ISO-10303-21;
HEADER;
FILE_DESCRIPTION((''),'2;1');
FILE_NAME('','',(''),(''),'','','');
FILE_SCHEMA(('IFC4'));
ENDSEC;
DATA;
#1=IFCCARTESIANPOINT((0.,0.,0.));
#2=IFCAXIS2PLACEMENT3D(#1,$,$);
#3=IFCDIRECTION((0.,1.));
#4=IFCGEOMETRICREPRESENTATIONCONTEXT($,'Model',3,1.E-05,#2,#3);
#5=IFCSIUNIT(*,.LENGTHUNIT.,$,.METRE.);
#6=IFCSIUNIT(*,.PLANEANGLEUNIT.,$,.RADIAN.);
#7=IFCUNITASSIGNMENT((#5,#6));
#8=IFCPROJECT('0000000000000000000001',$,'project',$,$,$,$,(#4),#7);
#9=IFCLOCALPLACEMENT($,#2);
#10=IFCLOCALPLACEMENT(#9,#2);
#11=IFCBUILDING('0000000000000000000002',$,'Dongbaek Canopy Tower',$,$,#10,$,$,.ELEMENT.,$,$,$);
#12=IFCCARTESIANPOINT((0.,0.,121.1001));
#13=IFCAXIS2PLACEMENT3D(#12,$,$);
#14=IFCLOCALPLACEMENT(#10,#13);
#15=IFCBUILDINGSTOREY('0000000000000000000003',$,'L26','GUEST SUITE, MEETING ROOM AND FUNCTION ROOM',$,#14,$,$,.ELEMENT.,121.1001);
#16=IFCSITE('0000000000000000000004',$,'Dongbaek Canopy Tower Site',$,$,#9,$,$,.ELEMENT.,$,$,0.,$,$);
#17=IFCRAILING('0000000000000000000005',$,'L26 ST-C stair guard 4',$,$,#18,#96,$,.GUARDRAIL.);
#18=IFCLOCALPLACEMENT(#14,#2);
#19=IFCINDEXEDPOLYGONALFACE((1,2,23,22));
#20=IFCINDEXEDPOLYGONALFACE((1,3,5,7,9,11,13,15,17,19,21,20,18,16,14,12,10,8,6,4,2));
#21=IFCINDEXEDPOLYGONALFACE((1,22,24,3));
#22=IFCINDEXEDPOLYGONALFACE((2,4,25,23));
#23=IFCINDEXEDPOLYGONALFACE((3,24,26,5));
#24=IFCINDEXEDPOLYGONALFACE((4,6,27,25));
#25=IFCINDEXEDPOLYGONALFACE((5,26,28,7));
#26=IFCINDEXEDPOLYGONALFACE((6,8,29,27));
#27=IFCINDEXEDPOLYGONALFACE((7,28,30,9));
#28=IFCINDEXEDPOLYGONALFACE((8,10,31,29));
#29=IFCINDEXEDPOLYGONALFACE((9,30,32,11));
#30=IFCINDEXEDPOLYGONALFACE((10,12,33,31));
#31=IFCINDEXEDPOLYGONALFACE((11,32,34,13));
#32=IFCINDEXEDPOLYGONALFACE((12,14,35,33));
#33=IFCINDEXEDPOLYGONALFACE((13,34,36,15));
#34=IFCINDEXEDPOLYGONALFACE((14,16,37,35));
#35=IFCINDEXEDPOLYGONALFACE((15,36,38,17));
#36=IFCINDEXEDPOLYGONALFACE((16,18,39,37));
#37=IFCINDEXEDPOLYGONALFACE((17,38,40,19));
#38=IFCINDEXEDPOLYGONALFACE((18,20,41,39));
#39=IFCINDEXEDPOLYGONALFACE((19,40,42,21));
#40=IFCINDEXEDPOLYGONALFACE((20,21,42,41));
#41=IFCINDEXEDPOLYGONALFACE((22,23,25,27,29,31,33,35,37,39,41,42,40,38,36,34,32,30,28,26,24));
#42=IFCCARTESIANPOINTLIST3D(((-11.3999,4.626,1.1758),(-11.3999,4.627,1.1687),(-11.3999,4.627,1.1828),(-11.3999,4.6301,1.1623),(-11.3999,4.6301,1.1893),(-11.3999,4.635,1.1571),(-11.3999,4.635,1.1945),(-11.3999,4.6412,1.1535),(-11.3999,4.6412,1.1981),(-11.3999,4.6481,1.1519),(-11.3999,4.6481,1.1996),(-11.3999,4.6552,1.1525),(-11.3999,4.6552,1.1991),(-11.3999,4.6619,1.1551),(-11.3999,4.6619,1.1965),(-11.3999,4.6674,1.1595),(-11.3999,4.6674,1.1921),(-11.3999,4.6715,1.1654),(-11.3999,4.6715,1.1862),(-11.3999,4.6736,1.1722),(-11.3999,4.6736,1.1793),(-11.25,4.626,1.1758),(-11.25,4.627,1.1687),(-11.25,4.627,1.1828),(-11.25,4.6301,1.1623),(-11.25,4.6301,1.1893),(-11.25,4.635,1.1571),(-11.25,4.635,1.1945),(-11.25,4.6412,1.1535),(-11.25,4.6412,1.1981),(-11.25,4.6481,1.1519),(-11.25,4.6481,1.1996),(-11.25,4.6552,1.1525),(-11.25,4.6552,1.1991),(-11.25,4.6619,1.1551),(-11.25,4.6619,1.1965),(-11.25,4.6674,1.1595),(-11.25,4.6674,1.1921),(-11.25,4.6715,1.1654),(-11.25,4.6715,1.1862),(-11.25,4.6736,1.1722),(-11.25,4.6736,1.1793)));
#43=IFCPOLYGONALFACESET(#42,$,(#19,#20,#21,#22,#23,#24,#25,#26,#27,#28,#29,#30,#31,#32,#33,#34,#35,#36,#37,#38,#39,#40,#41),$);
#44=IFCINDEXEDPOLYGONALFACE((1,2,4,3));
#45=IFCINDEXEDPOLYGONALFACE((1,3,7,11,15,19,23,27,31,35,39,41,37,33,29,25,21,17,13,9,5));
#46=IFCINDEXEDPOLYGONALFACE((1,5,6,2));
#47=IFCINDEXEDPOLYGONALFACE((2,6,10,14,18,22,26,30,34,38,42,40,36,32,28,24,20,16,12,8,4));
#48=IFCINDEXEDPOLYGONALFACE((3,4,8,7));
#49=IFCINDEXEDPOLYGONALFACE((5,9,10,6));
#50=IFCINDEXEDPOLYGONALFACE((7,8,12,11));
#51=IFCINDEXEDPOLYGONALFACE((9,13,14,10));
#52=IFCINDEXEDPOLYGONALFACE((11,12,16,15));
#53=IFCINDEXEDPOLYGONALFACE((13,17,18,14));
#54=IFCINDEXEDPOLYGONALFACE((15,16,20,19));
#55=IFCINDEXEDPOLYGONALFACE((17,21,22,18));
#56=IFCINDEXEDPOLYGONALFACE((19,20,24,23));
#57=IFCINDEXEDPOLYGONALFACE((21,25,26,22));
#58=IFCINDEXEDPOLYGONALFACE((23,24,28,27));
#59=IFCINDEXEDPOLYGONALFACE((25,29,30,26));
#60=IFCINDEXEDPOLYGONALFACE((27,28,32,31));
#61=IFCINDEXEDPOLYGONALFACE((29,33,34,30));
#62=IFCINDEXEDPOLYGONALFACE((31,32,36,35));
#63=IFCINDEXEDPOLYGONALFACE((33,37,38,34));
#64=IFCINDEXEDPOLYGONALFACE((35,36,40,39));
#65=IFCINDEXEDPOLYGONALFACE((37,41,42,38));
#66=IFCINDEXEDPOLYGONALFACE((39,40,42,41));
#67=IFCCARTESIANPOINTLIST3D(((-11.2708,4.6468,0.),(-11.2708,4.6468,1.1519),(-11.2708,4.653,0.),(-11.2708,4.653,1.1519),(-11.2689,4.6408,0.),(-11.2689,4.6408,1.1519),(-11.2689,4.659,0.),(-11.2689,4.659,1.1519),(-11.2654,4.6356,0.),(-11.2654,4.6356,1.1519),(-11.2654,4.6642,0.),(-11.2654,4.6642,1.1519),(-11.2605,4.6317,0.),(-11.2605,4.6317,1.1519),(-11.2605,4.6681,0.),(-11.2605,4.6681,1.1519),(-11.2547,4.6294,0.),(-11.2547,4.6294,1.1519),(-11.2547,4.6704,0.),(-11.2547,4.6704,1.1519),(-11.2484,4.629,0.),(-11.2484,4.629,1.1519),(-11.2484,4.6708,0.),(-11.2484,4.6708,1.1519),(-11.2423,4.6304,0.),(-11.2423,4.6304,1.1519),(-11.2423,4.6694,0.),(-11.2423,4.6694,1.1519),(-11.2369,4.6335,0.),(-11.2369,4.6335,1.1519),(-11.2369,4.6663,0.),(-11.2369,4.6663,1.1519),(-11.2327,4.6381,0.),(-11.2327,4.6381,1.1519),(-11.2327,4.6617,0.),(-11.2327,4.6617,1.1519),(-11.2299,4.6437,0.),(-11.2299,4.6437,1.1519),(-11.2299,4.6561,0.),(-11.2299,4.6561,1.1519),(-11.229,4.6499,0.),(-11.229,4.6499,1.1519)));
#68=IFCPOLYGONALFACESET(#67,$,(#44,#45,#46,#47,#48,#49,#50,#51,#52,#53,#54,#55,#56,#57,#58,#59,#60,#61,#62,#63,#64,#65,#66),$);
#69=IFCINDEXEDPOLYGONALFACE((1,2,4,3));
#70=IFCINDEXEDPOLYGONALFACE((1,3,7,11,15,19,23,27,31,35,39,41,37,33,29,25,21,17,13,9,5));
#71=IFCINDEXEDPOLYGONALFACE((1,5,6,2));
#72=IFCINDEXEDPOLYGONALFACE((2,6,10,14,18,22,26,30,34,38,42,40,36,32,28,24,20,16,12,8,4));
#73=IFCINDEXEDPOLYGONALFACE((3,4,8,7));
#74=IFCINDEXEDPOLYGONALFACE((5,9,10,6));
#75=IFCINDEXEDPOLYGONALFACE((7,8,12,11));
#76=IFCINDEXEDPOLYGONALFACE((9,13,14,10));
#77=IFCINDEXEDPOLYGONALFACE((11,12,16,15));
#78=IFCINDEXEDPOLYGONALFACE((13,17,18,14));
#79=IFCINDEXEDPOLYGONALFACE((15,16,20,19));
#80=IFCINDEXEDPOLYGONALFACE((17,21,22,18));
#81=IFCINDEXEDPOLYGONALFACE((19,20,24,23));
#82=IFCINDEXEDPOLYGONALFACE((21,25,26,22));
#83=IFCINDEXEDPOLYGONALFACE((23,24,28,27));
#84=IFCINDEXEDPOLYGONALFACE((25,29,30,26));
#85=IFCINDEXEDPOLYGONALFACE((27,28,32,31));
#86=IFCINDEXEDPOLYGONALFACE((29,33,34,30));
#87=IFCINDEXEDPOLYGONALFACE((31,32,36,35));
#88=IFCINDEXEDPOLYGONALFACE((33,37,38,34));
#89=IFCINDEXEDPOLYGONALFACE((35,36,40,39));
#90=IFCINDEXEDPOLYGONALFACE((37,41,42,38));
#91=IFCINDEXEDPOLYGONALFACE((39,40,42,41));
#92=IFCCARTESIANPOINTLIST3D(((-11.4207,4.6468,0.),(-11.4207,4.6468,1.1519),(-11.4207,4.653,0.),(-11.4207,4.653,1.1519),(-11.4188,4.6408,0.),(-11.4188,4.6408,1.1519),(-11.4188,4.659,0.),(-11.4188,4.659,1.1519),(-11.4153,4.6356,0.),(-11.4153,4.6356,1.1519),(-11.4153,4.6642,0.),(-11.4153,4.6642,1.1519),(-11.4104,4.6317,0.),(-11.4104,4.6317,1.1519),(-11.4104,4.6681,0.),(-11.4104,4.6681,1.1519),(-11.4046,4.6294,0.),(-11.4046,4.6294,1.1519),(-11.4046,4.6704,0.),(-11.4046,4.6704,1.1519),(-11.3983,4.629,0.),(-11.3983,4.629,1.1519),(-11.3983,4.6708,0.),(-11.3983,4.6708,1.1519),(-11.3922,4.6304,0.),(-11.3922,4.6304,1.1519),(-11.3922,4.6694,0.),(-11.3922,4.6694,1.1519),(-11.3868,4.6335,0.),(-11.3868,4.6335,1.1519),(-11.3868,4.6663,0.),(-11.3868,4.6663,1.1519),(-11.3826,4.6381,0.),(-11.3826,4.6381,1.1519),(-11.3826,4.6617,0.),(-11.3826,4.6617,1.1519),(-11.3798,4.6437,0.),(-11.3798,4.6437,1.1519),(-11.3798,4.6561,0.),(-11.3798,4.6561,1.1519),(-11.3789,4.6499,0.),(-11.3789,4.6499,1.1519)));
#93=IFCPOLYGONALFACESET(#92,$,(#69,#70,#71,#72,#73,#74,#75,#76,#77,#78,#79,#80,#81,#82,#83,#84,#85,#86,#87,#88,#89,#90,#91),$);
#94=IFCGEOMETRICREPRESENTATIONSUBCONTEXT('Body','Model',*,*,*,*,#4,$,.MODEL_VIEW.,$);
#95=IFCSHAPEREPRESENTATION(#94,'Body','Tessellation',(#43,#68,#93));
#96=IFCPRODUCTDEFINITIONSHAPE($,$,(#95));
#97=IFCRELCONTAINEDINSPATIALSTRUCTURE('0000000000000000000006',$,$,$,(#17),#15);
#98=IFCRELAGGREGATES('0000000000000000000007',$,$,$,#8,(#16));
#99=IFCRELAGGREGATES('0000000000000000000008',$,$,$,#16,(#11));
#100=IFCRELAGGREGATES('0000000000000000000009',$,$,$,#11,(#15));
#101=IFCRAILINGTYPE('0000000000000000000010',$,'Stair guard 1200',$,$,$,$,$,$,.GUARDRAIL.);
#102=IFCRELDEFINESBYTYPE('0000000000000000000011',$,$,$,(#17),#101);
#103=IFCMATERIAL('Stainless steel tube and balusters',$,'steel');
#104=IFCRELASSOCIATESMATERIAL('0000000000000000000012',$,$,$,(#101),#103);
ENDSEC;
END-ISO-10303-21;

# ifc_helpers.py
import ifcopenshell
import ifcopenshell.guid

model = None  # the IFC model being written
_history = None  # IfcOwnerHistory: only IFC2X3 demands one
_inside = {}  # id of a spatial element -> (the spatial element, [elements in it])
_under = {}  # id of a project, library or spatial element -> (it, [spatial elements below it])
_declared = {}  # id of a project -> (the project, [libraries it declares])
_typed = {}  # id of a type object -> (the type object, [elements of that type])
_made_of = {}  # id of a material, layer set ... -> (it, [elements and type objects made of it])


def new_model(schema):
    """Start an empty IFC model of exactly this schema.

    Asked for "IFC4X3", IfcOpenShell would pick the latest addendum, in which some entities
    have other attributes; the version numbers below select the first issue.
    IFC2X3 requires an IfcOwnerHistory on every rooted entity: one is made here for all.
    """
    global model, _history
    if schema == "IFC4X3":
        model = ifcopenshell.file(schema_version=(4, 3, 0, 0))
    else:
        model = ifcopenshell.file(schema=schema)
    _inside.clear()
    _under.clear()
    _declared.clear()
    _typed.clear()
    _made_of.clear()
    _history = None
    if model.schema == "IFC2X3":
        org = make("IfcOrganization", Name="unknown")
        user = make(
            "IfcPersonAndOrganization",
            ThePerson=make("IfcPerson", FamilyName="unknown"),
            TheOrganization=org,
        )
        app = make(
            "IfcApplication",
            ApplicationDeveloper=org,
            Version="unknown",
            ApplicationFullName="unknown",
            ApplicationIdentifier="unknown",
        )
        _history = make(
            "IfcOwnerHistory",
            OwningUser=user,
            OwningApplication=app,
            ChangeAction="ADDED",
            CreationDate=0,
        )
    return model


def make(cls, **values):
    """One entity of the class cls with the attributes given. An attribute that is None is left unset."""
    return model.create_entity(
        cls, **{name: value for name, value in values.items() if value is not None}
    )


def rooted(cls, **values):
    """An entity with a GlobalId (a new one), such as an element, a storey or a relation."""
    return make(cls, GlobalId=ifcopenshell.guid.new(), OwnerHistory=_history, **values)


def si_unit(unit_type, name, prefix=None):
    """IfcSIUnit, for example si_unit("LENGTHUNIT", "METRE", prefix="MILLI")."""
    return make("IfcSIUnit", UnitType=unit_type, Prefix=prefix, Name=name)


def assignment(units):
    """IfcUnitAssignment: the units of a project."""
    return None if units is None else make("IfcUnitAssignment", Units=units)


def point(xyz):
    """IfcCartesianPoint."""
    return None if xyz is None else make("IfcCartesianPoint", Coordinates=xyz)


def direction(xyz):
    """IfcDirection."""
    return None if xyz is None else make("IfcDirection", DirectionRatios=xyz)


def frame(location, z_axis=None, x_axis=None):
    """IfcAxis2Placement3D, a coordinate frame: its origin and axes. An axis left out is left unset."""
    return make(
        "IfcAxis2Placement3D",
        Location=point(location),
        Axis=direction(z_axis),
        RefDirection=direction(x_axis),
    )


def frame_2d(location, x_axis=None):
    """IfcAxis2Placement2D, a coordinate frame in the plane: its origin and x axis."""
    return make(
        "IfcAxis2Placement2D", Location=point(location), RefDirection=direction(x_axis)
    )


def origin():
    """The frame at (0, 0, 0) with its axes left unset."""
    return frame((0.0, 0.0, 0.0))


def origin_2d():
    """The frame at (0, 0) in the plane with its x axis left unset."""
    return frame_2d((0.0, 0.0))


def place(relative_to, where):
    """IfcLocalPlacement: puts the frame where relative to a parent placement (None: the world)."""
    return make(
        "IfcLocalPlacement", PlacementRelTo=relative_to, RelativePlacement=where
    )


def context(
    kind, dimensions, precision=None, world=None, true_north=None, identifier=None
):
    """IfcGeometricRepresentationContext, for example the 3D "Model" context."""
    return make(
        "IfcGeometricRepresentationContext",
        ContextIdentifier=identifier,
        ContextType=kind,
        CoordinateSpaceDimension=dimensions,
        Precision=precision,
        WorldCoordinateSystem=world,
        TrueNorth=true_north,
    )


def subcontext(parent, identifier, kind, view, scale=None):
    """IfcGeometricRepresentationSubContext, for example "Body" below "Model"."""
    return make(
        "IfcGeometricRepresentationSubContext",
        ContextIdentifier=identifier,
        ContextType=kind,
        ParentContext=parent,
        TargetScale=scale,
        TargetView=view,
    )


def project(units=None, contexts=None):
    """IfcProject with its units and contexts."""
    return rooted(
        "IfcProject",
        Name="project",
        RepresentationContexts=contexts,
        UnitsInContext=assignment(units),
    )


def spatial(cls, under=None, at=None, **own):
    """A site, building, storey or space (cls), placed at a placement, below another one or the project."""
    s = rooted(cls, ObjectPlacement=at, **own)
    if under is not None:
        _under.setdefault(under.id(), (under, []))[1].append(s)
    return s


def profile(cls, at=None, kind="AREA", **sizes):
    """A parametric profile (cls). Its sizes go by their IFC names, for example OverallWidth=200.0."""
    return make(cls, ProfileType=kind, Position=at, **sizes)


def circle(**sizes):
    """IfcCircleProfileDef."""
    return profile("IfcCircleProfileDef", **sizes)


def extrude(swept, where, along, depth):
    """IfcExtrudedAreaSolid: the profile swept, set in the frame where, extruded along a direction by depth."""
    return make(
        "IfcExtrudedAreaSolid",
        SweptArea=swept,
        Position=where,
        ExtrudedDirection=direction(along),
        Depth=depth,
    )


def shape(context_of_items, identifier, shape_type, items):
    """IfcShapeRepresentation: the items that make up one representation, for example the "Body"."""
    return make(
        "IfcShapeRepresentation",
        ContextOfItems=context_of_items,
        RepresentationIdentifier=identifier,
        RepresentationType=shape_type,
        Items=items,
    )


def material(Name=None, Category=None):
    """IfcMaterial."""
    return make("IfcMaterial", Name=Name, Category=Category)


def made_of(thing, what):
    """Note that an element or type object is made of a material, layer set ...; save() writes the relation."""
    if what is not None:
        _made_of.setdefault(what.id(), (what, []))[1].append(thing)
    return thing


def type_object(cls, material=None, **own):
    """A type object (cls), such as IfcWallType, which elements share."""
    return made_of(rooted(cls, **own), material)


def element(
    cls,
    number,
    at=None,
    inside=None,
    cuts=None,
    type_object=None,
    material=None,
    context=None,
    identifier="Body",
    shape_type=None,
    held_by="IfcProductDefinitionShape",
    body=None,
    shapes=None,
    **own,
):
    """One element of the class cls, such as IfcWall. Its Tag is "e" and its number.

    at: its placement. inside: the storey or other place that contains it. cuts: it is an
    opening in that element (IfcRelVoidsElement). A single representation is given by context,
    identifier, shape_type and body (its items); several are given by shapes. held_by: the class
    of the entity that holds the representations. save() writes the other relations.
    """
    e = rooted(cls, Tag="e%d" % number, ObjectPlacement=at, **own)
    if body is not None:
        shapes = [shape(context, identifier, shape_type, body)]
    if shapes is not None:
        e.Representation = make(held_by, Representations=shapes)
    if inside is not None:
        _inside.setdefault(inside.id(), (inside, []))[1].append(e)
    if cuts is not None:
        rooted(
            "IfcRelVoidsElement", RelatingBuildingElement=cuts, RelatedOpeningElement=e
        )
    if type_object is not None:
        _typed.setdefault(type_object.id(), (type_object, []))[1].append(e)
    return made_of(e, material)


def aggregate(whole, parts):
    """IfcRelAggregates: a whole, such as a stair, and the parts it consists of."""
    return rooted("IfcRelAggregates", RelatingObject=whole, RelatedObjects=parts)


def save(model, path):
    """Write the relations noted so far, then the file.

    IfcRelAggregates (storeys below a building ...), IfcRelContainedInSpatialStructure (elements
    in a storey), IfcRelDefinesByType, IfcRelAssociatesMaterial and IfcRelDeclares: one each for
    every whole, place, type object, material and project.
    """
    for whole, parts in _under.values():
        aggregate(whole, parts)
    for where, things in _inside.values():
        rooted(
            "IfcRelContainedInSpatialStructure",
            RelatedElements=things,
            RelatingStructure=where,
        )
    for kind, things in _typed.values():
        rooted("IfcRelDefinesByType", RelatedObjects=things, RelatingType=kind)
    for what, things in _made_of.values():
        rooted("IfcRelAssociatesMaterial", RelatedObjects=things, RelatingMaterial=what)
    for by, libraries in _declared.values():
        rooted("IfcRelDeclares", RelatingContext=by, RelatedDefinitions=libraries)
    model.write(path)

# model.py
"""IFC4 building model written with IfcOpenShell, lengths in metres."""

from ifc_helpers import new_model, si_unit, direction, frame, origin, origin_2d, place, context, subcontext, project, spatial, circle, extrude, material, type_object, element, save


model = new_model("IFC4")

# Units and contexts
model_context = context("Model", 3, precision=1e-05, world=origin(), true_north=direction((0.0, 1.0)))
body_context = subcontext(model_context, "Body", "Model", "MODEL_VIEW")
ifc_project = project(units=[si_unit("LENGTHUNIT", "METRE"), si_unit("PLANEANGLEUNIT", "RADIAN")], contexts=[model_context])

# Site, building, storey
site_placement = place(None, origin())
site = spatial("IfcSite", under=ifc_project, at=site_placement, Name="Dongbaek Canopy Tower Site", CompositionType="ELEMENT", RefElevation=0.0)
building_placement = place(site_placement, origin())
building = spatial("IfcBuilding", under=site, at=building_placement, Name="Dongbaek Canopy Tower", CompositionType="ELEMENT")
storey_placement = place(building_placement, frame((0.0, 0.0, 121.1001)))
storey = spatial("IfcBuildingStorey", under=building, at=storey_placement, Name="L26", Description="GUEST SUITE, MEETING ROOM AND FUNCTION ROOM", CompositionType="ELEMENT", Elevation=121.1001)

# Railing
ifc_material_1 = material(Name="Stainless steel tube and balusters", Category="steel")
railing_type_1 = type_object("IfcRailingType", Name="Stair guard 1200", PredefinedType="GUARDRAIL", material=ifc_material_1)
railing_1_placement = place(storey_placement, frame((-11.25, 4.6499, 0.0)))
element("IfcRailing", 1, at=railing_1_placement, inside=storey, type_object=railing_type_1, Name="L26 ST-C stair guard 4", PredefinedType="GUARDRAIL", context=body_context, shape_type="SweptSolid", body=[
    extrude(circle(Radius=0.0239, at=origin_2d()), frame((0.0, 0.0, 1.1758), z_axis=(-1.0, 0.0, 0.0), x_axis=(0.0, -1.0, 0.0)), (0.0, 0.0, 1.0), 0.1499),
    extrude(circle(Radius=0.021, at=origin_2d()), origin(), (0.0, 0.0, 1.0), 1.1519),
    extrude(circle(Radius=0.021, at=origin_2d()), frame((-0.1499, 0.0, 0.0)), (0.0, 0.0, 1.0), 1.1519),
])

save(model, "model.ifc")
